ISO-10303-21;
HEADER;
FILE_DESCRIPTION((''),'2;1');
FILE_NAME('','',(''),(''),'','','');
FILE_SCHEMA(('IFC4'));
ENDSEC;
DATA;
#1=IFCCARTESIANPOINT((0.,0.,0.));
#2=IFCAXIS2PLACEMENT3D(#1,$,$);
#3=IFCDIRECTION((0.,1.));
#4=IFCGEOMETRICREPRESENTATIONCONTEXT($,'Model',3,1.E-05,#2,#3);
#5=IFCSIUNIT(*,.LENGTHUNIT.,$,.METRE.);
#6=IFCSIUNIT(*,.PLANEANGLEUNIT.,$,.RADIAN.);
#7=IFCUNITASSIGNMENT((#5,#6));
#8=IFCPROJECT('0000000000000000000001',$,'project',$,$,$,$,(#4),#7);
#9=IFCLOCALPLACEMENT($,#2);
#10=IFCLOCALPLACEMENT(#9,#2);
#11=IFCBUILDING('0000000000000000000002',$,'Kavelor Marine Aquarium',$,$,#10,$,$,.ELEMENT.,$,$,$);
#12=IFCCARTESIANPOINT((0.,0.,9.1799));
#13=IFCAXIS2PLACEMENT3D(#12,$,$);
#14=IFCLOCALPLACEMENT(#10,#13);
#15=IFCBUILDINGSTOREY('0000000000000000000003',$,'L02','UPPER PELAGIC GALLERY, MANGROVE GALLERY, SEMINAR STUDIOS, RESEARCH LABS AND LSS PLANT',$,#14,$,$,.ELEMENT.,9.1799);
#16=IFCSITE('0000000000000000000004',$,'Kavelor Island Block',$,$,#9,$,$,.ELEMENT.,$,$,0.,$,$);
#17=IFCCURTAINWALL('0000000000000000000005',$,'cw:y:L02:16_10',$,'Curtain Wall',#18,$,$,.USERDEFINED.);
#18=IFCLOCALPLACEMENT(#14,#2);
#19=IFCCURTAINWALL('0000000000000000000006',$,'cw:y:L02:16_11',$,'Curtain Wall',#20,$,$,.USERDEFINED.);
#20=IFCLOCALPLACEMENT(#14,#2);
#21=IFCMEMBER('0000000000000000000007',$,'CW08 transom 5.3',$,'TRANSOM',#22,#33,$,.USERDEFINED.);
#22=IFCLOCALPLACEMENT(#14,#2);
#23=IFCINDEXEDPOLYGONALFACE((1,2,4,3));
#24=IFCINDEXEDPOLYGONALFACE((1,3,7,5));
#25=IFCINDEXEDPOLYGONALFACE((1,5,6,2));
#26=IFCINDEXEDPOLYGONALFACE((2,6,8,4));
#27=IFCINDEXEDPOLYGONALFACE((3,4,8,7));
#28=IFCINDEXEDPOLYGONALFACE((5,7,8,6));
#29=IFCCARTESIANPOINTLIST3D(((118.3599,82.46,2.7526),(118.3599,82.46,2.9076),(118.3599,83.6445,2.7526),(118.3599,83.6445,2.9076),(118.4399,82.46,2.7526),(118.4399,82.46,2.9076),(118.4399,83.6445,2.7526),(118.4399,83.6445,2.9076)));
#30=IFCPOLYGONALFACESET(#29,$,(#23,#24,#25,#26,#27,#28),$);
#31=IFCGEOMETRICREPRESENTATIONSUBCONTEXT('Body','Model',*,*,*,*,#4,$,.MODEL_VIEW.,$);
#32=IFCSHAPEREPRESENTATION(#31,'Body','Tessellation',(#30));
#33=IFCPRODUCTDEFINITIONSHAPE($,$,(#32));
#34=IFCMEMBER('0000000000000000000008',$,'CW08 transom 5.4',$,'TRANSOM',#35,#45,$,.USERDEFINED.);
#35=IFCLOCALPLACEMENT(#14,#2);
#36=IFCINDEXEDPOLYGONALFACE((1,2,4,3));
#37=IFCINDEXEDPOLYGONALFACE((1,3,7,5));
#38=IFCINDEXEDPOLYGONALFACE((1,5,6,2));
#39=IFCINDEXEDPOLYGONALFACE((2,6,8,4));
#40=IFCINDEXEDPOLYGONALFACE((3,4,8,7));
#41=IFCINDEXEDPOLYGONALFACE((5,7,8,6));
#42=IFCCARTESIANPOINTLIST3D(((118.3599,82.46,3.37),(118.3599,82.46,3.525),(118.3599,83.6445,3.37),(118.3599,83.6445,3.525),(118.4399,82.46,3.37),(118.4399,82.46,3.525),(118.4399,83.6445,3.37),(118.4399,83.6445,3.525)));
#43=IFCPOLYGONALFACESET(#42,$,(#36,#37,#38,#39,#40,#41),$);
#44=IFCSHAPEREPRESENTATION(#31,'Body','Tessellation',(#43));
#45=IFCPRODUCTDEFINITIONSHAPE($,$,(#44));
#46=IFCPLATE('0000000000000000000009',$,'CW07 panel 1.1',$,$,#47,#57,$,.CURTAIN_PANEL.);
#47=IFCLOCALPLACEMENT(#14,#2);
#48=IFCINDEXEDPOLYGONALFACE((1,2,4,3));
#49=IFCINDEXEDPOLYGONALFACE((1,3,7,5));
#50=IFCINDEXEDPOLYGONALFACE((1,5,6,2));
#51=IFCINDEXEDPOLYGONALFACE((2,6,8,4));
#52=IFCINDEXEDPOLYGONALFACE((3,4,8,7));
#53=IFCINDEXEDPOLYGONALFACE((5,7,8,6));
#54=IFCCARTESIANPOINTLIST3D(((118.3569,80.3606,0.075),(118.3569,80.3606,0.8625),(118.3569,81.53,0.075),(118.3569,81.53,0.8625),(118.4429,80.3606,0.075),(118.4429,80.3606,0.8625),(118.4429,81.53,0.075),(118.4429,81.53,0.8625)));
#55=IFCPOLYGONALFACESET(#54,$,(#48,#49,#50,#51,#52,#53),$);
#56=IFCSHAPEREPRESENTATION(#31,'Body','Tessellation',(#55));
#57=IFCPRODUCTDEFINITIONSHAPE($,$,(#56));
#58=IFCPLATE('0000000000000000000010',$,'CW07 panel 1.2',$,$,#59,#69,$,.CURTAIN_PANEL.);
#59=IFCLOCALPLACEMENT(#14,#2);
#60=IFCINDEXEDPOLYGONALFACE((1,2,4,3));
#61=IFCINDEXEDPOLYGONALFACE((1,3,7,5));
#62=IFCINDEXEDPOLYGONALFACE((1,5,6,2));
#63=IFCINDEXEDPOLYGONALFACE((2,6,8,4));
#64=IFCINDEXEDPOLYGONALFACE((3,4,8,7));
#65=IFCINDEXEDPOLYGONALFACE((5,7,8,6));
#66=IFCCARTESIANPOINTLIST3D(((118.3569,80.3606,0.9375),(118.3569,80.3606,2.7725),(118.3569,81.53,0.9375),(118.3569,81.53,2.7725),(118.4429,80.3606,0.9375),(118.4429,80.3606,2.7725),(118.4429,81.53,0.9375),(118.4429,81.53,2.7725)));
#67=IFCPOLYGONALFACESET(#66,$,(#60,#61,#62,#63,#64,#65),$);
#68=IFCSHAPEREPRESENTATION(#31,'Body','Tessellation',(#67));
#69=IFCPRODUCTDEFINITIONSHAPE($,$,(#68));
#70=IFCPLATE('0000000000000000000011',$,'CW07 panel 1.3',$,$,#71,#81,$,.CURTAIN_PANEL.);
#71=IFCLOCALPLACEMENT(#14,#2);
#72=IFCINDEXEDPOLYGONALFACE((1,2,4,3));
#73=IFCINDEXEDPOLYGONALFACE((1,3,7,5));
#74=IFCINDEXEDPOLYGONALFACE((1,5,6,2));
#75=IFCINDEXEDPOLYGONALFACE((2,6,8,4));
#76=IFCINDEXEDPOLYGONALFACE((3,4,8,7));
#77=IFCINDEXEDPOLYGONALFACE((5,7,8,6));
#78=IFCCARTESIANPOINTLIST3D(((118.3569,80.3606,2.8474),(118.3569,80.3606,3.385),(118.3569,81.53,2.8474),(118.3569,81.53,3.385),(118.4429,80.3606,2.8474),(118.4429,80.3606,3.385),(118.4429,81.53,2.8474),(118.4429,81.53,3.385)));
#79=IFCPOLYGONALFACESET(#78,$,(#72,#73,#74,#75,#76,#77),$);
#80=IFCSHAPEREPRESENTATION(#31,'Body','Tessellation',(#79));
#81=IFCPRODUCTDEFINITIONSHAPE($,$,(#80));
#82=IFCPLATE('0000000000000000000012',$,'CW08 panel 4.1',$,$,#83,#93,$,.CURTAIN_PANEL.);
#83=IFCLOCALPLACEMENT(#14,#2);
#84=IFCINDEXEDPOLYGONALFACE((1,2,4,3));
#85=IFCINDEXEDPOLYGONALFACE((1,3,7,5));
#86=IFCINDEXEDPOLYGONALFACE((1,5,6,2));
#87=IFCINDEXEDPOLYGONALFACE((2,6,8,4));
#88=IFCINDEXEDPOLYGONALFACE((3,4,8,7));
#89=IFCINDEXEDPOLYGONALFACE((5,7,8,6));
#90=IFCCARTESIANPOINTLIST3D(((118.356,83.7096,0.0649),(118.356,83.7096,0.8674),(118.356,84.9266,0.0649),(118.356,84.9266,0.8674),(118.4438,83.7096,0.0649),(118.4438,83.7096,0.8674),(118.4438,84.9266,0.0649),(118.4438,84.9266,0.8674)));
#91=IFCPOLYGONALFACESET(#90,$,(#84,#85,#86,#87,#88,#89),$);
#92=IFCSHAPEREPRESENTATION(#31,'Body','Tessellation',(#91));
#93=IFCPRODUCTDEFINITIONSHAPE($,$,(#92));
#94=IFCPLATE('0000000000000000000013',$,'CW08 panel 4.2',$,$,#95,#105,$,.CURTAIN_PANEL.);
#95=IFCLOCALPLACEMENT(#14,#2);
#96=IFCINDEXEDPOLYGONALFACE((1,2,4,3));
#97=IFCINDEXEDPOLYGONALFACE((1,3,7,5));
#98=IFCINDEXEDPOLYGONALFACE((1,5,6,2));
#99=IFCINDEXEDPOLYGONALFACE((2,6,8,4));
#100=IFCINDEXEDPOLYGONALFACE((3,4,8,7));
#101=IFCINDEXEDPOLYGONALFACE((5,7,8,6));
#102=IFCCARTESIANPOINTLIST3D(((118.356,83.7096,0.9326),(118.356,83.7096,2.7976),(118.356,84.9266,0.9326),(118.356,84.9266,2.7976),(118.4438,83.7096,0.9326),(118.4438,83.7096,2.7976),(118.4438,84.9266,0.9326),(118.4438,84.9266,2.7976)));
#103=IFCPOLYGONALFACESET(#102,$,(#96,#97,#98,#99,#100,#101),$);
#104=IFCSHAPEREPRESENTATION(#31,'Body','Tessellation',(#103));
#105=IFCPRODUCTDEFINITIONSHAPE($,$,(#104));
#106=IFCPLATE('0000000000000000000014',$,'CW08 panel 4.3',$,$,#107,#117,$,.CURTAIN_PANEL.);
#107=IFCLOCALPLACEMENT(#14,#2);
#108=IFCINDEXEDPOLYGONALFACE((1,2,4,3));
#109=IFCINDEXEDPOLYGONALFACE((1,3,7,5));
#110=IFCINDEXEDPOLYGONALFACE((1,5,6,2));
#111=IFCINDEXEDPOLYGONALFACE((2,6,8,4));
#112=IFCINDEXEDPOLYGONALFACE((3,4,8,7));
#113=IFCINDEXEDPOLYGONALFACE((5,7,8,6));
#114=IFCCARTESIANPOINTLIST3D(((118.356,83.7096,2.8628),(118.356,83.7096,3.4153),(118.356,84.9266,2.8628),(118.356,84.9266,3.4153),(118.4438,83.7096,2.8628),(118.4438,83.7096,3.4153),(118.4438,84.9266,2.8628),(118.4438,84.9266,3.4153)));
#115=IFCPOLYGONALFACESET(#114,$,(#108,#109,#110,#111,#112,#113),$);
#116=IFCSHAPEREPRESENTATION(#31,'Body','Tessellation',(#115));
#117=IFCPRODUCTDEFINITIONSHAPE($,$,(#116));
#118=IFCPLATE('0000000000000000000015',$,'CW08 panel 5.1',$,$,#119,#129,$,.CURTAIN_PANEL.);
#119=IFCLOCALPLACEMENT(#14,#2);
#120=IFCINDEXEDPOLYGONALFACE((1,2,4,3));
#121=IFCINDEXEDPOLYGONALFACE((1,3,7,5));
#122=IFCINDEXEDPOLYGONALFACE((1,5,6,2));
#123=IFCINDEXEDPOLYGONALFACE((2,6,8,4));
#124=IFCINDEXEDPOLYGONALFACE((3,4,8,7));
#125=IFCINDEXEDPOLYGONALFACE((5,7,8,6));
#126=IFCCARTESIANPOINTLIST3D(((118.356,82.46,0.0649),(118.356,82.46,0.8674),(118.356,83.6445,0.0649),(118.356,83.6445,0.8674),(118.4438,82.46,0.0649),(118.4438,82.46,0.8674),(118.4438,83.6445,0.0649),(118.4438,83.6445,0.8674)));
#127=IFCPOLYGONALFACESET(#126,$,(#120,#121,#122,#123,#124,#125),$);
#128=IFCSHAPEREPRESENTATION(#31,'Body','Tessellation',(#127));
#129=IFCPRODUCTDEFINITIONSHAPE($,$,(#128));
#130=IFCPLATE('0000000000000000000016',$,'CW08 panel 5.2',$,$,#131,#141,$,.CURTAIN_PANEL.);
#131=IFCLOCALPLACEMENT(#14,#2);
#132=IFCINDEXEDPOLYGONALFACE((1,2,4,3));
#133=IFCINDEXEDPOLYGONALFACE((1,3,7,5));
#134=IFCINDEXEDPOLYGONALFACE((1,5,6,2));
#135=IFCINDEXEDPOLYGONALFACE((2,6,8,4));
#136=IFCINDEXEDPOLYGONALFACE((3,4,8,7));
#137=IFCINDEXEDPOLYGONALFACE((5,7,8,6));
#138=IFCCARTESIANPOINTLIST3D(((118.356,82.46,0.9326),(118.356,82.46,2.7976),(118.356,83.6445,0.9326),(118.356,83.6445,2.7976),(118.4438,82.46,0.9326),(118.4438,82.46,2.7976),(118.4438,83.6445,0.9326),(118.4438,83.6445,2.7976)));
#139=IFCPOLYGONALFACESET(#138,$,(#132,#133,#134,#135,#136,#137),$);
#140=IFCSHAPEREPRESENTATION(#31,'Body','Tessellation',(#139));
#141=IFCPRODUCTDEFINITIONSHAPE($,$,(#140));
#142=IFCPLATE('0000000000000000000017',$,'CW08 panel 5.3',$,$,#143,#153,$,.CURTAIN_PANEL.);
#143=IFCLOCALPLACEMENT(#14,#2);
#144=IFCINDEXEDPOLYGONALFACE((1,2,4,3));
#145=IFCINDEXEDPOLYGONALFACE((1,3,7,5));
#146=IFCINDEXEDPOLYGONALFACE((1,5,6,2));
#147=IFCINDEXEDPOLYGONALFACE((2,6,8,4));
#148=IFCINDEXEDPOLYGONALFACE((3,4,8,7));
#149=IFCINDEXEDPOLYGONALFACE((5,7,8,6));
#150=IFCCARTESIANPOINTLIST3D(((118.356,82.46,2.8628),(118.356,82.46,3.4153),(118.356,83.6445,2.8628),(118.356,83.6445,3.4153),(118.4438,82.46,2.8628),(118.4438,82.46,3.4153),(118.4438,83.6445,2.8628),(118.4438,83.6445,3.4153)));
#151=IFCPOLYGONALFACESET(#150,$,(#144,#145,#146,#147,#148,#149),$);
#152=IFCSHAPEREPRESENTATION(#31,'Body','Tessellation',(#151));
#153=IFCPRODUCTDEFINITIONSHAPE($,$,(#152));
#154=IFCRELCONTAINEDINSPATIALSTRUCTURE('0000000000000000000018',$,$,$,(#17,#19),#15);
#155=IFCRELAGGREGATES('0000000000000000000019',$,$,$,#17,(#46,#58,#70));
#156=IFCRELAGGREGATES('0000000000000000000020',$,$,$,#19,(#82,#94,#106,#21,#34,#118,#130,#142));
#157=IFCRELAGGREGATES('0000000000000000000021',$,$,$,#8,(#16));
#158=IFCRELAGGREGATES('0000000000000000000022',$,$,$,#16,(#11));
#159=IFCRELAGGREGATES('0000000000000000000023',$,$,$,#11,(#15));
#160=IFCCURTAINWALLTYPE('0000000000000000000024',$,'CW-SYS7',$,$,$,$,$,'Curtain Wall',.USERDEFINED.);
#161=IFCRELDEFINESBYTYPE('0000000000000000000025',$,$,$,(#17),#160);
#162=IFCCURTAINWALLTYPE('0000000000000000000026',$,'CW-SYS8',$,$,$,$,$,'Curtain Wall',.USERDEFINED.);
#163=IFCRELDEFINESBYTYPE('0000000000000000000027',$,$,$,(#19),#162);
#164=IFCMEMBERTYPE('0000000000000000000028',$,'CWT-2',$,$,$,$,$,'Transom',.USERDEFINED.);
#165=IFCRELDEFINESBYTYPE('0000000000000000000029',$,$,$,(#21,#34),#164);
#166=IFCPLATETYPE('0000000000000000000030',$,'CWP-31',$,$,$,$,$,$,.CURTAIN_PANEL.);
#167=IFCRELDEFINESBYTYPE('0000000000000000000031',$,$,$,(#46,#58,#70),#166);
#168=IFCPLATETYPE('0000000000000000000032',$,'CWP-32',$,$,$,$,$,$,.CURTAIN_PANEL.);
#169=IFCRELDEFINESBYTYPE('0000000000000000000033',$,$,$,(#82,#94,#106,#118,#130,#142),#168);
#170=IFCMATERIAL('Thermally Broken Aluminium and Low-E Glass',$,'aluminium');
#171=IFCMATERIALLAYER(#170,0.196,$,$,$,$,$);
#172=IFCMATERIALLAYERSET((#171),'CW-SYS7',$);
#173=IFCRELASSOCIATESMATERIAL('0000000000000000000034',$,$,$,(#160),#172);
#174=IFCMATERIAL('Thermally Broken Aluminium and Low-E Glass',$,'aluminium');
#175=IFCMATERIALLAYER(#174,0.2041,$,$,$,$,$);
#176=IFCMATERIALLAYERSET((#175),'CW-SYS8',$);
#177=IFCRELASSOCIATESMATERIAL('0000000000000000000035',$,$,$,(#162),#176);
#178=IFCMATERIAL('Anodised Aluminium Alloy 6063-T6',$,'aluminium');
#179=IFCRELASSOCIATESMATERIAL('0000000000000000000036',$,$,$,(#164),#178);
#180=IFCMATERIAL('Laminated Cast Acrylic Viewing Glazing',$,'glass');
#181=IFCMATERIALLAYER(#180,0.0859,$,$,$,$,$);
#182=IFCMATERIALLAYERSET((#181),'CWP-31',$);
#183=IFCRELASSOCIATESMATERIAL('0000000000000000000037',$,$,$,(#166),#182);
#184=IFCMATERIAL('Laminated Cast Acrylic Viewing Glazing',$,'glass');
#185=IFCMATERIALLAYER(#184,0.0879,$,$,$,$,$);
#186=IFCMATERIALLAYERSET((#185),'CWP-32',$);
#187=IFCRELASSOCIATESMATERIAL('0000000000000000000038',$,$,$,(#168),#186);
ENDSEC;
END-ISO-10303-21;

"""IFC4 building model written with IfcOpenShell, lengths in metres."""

from ifc_helpers import new_model, si_unit, direction, frame, origin, origin_2d, place, context, subcontext, project, spatial, rectangle, extrude, material, layer, layer_set, material_profile, profile_set, type_object, element, aggregate, save


model = new_model("IFC4")

# Units and contexts
model_context = context("Model", 3, precision=1e-05, world=origin(), true_north=direction((0.0, 1.0)))
body_context = subcontext(model_context, "Body", "Model", "MODEL_VIEW")
ifc_project = project(units=[si_unit("LENGTHUNIT", "METRE"), si_unit("PLANEANGLEUNIT", "RADIAN")], contexts=[model_context])

# Site, building, storey
site_placement = place(None, origin())
site = spatial("IfcSite", under=ifc_project, at=site_placement, Name="Kavelor Island Block", CompositionType="ELEMENT", RefElevation=0.0)
building_placement = place(site_placement, origin())
building = spatial("IfcBuilding", under=site, at=building_placement, Name="Kavelor Marine Aquarium", CompositionType="ELEMENT")
storey_placement = place(building_placement, frame((0.0, 0.0, 9.1799)))
storey = spatial("IfcBuildingStorey", under=building, at=storey_placement, Name="L02", Description="UPPER PELAGIC GALLERY, MANGROVE GALLERY, SEMINAR STUDIOS, RESEARCH LABS AND LSS PLANT", CompositionType="ELEMENT", Elevation=9.1799)

# Curtain walls
ifc_material_1 = material(Name="Thermally Broken Aluminium and Low-E Glass", Category="aluminium")
ifc_layer_1 = layer(ifc_material_1, 0.196)
ifc_layer_set_1 = layer_set([ifc_layer_1], Name="CW-SYS7")
curtain_wall_type_1 = type_object("IfcCurtainWallType", Name="CW-SYS7", ElementType="Curtain Wall", PredefinedType="USERDEFINED", material=ifc_layer_set_1)
curtain_wall_1_placement = place(storey_placement, origin())
curtain_wall_1 = element("IfcCurtainWall", 1, at=curtain_wall_1_placement, inside=storey, type_object=curtain_wall_type_1, Name="cw:y:L02:16_10", ObjectType="Curtain Wall", PredefinedType="USERDEFINED")
ifc_material_2 = material(Name="Thermally Broken Aluminium and Low-E Glass", Category="aluminium")
ifc_layer_2 = layer(ifc_material_2, 0.2041)
ifc_layer_set_2 = layer_set([ifc_layer_2], Name="CW-SYS8")
curtain_wall_type_2 = type_object("IfcCurtainWallType", Name="CW-SYS8", ElementType="Curtain Wall", PredefinedType="USERDEFINED", material=ifc_layer_set_2)
curtain_wall_2_placement = place(storey_placement, origin())
curtain_wall_2 = element("IfcCurtainWall", 2, at=curtain_wall_2_placement, inside=storey, type_object=curtain_wall_type_2, Name="cw:y:L02:16_11", ObjectType="Curtain Wall", PredefinedType="USERDEFINED")

# Members
ifc_material_3 = material(Name="Anodised Aluminium Alloy 6063-T6", Category="aluminium")
ifc_material_profile_1 = material_profile(ifc_material_3, rectangle(XDim=0.0801, YDim=0.155, at=origin_2d()), Name="CW-TRN 80x155")
ifc_profile_set_1 = profile_set([ifc_material_profile_1], Name="Anodised Aluminium Alloy 6063-T6")
member_type_1 = type_object("IfcMemberType", Name="CWT-2", ElementType="Transom", PredefinedType="USERDEFINED", material=ifc_profile_set_1)
member_1_placement = place(storey_placement, frame((118.3999, 83.6445, 2.8301), z_axis=(0.0, -1.0, 0.0), x_axis=(1.0, 0.0, 0.0)))
member_1 = element("IfcMember", 3, at=member_1_placement, type_object=member_type_1, Name="CW08 transom 5.3", ObjectType="TRANSOM", PredefinedType="USERDEFINED", context=body_context, shape_type="SweptSolid", body=[
    extrude(rectangle(XDim=0.0801, YDim=0.155, at=origin_2d()), origin(), (0.0, 0.0, 1.0), 1.1846),
])
member_2_placement = place(storey_placement, frame((118.3999, 83.6445, 3.4475), z_axis=(0.0, -1.0, 0.0), x_axis=(1.0, 0.0, 0.0)))
member_2 = element("IfcMember", 4, at=member_2_placement, type_object=member_type_1, Name="CW08 transom 5.4", ObjectType="TRANSOM", PredefinedType="USERDEFINED", context=body_context, shape_type="SweptSolid", body=[
    extrude(rectangle(XDim=0.0801, YDim=0.155, at=origin_2d()), origin(), (0.0, 0.0, 1.0), 1.1846),
])

# Plates
ifc_material_4 = material(Name="Laminated Cast Acrylic Viewing Glazing", Category="glass")
ifc_layer_3 = layer(ifc_material_4, 0.0859)
ifc_layer_set_3 = layer_set([ifc_layer_3], Name="CWP-31")
plate_type_1 = type_object("IfcPlateType", Name="CWP-31", PredefinedType="CURTAIN_PANEL", material=ifc_layer_set_3)
plate_1_placement = place(storey_placement, frame((118.3999, 80.9453, 0.075), z_axis=(0.0, 0.0, 1.0), x_axis=(0.0, -1.0, 0.0)))
plate_1 = element("IfcPlate", 5, at=plate_1_placement, type_object=plate_type_1, Name="CW07 panel 1.1", PredefinedType="CURTAIN_PANEL", context=body_context, shape_type="SweptSolid", body=[
    extrude(rectangle(XDim=1.1694, YDim=0.0859, at=origin_2d()), origin(), (0.0, 0.0, 1.0), 0.7876),
])
plate_2_placement = place(storey_placement, frame((118.3999, 80.9453, 0.9375), z_axis=(0.0, 0.0, 1.0), x_axis=(0.0, -1.0, 0.0)))
plate_2 = element("IfcPlate", 6, at=plate_2_placement, type_object=plate_type_1, Name="CW07 panel 1.2", PredefinedType="CURTAIN_PANEL", context=body_context, shape_type="SweptSolid", body=[
    extrude(rectangle(XDim=1.1694, YDim=0.0859, at=origin_2d()), origin(), (0.0, 0.0, 1.0), 1.835),
])
plate_3_placement = place(storey_placement, frame((118.3999, 80.9453, 2.8474), z_axis=(0.0, 0.0, 1.0), x_axis=(0.0, -1.0, 0.0)))
plate_3 = element("IfcPlate", 7, at=plate_3_placement, type_object=plate_type_1, Name="CW07 panel 1.3", PredefinedType="CURTAIN_PANEL", context=body_context, shape_type="SweptSolid", body=[
    extrude(rectangle(XDim=1.1694, YDim=0.0859, at=origin_2d()), origin(), (0.0, 0.0, 1.0), 0.5376),
])
aggregate(curtain_wall_1, [plate_1, plate_2, plate_3])
ifc_material_5 = material(Name="Laminated Cast Acrylic Viewing Glazing", Category="glass")
ifc_layer_4 = layer(ifc_material_5, 0.0879)
ifc_layer_set_4 = layer_set([ifc_layer_4], Name="CWP-32")
plate_type_2 = type_object("IfcPlateType", Name="CWP-32", PredefinedType="CURTAIN_PANEL", material=ifc_layer_set_4)
plate_4_placement = place(storey_placement, frame((118.3999, 84.3181, 0.0649), z_axis=(0.0, 0.0, 1.0), x_axis=(0.0, -1.0, 0.0)))
plate_4 = element("IfcPlate", 8, at=plate_4_placement, type_object=plate_type_2, Name="CW08 panel 4.1", PredefinedType="CURTAIN_PANEL", context=body_context, shape_type="SweptSolid", body=[
    extrude(rectangle(XDim=1.217, YDim=0.0879, at=origin_2d()), origin(), (0.0, 0.0, 1.0), 0.8025),
])
plate_5_placement = place(storey_placement, frame((118.3999, 84.3181, 0.9326), z_axis=(0.0, 0.0, 1.0), x_axis=(0.0, -1.0, 0.0)))
plate_5 = element("IfcPlate", 9, at=plate_5_placement, type_object=plate_type_2, Name="CW08 panel 4.2", PredefinedType="CURTAIN_PANEL", context=body_context, shape_type="SweptSolid", body=[
    extrude(rectangle(XDim=1.217, YDim=0.0879, at=origin_2d()), origin(), (0.0, 0.0, 1.0), 1.865),
])
plate_6_placement = place(storey_placement, frame((118.3999, 84.3181, 2.8628), z_axis=(0.0, 0.0, 1.0), x_axis=(0.0, -1.0, 0.0)))
plate_6 = element("IfcPlate", 10, at=plate_6_placement, type_object=plate_type_2, Name="CW08 panel 4.3", PredefinedType="CURTAIN_PANEL", context=body_context, shape_type="SweptSolid", body=[
    extrude(rectangle(XDim=1.217, YDim=0.0879, at=origin_2d()), origin(), (0.0, 0.0, 1.0), 0.5525),
])
plate_7_placement = place(storey_placement, frame((118.3999, 83.0522, 0.0649), z_axis=(0.0, 0.0, 1.0), x_axis=(0.0, -1.0, 0.0)))
plate_7 = element("IfcPlate", 11, at=plate_7_placement, type_object=plate_type_2, Name="CW08 panel 5.1", PredefinedType="CURTAIN_PANEL", context=body_context, shape_type="SweptSolid", body=[
    extrude(rectangle(XDim=1.1846, YDim=0.0879, at=origin_2d()), origin(), (0.0, 0.0, 1.0), 0.8025),
])
plate_8_placement = place(storey_placement, frame((118.3999, 83.0522, 0.9326), z_axis=(0.0, 0.0, 1.0), x_axis=(0.0, -1.0, 0.0)))
plate_8 = element("IfcPlate", 12, at=plate_8_placement, type_object=plate_type_2, Name="CW08 panel 5.2", PredefinedType="CURTAIN_PANEL", context=body_context, shape_type="SweptSolid", body=[
    extrude(rectangle(XDim=1.1846, YDim=0.0879, at=origin_2d()), origin(), (0.0, 0.0, 1.0), 1.865),
])
plate_9_placement = place(storey_placement, frame((118.3999, 83.0522, 2.8628), z_axis=(0.0, 0.0, 1.0), x_axis=(0.0, -1.0, 0.0)))
plate_9 = element("IfcPlate", 13, at=plate_9_placement, type_object=plate_type_2, Name="CW08 panel 5.3", PredefinedType="CURTAIN_PANEL", context=body_context, shape_type="SweptSolid", body=[
    extrude(rectangle(XDim=1.1846, YDim=0.0879, at=origin_2d()), origin(), (0.0, 0.0, 1.0), 0.5525),
])
aggregate(curtain_wall_2, [plate_4, plate_5, plate_6, member_1, member_2, plate_7, plate_8, plate_9])

save(model, "model.ifc")
